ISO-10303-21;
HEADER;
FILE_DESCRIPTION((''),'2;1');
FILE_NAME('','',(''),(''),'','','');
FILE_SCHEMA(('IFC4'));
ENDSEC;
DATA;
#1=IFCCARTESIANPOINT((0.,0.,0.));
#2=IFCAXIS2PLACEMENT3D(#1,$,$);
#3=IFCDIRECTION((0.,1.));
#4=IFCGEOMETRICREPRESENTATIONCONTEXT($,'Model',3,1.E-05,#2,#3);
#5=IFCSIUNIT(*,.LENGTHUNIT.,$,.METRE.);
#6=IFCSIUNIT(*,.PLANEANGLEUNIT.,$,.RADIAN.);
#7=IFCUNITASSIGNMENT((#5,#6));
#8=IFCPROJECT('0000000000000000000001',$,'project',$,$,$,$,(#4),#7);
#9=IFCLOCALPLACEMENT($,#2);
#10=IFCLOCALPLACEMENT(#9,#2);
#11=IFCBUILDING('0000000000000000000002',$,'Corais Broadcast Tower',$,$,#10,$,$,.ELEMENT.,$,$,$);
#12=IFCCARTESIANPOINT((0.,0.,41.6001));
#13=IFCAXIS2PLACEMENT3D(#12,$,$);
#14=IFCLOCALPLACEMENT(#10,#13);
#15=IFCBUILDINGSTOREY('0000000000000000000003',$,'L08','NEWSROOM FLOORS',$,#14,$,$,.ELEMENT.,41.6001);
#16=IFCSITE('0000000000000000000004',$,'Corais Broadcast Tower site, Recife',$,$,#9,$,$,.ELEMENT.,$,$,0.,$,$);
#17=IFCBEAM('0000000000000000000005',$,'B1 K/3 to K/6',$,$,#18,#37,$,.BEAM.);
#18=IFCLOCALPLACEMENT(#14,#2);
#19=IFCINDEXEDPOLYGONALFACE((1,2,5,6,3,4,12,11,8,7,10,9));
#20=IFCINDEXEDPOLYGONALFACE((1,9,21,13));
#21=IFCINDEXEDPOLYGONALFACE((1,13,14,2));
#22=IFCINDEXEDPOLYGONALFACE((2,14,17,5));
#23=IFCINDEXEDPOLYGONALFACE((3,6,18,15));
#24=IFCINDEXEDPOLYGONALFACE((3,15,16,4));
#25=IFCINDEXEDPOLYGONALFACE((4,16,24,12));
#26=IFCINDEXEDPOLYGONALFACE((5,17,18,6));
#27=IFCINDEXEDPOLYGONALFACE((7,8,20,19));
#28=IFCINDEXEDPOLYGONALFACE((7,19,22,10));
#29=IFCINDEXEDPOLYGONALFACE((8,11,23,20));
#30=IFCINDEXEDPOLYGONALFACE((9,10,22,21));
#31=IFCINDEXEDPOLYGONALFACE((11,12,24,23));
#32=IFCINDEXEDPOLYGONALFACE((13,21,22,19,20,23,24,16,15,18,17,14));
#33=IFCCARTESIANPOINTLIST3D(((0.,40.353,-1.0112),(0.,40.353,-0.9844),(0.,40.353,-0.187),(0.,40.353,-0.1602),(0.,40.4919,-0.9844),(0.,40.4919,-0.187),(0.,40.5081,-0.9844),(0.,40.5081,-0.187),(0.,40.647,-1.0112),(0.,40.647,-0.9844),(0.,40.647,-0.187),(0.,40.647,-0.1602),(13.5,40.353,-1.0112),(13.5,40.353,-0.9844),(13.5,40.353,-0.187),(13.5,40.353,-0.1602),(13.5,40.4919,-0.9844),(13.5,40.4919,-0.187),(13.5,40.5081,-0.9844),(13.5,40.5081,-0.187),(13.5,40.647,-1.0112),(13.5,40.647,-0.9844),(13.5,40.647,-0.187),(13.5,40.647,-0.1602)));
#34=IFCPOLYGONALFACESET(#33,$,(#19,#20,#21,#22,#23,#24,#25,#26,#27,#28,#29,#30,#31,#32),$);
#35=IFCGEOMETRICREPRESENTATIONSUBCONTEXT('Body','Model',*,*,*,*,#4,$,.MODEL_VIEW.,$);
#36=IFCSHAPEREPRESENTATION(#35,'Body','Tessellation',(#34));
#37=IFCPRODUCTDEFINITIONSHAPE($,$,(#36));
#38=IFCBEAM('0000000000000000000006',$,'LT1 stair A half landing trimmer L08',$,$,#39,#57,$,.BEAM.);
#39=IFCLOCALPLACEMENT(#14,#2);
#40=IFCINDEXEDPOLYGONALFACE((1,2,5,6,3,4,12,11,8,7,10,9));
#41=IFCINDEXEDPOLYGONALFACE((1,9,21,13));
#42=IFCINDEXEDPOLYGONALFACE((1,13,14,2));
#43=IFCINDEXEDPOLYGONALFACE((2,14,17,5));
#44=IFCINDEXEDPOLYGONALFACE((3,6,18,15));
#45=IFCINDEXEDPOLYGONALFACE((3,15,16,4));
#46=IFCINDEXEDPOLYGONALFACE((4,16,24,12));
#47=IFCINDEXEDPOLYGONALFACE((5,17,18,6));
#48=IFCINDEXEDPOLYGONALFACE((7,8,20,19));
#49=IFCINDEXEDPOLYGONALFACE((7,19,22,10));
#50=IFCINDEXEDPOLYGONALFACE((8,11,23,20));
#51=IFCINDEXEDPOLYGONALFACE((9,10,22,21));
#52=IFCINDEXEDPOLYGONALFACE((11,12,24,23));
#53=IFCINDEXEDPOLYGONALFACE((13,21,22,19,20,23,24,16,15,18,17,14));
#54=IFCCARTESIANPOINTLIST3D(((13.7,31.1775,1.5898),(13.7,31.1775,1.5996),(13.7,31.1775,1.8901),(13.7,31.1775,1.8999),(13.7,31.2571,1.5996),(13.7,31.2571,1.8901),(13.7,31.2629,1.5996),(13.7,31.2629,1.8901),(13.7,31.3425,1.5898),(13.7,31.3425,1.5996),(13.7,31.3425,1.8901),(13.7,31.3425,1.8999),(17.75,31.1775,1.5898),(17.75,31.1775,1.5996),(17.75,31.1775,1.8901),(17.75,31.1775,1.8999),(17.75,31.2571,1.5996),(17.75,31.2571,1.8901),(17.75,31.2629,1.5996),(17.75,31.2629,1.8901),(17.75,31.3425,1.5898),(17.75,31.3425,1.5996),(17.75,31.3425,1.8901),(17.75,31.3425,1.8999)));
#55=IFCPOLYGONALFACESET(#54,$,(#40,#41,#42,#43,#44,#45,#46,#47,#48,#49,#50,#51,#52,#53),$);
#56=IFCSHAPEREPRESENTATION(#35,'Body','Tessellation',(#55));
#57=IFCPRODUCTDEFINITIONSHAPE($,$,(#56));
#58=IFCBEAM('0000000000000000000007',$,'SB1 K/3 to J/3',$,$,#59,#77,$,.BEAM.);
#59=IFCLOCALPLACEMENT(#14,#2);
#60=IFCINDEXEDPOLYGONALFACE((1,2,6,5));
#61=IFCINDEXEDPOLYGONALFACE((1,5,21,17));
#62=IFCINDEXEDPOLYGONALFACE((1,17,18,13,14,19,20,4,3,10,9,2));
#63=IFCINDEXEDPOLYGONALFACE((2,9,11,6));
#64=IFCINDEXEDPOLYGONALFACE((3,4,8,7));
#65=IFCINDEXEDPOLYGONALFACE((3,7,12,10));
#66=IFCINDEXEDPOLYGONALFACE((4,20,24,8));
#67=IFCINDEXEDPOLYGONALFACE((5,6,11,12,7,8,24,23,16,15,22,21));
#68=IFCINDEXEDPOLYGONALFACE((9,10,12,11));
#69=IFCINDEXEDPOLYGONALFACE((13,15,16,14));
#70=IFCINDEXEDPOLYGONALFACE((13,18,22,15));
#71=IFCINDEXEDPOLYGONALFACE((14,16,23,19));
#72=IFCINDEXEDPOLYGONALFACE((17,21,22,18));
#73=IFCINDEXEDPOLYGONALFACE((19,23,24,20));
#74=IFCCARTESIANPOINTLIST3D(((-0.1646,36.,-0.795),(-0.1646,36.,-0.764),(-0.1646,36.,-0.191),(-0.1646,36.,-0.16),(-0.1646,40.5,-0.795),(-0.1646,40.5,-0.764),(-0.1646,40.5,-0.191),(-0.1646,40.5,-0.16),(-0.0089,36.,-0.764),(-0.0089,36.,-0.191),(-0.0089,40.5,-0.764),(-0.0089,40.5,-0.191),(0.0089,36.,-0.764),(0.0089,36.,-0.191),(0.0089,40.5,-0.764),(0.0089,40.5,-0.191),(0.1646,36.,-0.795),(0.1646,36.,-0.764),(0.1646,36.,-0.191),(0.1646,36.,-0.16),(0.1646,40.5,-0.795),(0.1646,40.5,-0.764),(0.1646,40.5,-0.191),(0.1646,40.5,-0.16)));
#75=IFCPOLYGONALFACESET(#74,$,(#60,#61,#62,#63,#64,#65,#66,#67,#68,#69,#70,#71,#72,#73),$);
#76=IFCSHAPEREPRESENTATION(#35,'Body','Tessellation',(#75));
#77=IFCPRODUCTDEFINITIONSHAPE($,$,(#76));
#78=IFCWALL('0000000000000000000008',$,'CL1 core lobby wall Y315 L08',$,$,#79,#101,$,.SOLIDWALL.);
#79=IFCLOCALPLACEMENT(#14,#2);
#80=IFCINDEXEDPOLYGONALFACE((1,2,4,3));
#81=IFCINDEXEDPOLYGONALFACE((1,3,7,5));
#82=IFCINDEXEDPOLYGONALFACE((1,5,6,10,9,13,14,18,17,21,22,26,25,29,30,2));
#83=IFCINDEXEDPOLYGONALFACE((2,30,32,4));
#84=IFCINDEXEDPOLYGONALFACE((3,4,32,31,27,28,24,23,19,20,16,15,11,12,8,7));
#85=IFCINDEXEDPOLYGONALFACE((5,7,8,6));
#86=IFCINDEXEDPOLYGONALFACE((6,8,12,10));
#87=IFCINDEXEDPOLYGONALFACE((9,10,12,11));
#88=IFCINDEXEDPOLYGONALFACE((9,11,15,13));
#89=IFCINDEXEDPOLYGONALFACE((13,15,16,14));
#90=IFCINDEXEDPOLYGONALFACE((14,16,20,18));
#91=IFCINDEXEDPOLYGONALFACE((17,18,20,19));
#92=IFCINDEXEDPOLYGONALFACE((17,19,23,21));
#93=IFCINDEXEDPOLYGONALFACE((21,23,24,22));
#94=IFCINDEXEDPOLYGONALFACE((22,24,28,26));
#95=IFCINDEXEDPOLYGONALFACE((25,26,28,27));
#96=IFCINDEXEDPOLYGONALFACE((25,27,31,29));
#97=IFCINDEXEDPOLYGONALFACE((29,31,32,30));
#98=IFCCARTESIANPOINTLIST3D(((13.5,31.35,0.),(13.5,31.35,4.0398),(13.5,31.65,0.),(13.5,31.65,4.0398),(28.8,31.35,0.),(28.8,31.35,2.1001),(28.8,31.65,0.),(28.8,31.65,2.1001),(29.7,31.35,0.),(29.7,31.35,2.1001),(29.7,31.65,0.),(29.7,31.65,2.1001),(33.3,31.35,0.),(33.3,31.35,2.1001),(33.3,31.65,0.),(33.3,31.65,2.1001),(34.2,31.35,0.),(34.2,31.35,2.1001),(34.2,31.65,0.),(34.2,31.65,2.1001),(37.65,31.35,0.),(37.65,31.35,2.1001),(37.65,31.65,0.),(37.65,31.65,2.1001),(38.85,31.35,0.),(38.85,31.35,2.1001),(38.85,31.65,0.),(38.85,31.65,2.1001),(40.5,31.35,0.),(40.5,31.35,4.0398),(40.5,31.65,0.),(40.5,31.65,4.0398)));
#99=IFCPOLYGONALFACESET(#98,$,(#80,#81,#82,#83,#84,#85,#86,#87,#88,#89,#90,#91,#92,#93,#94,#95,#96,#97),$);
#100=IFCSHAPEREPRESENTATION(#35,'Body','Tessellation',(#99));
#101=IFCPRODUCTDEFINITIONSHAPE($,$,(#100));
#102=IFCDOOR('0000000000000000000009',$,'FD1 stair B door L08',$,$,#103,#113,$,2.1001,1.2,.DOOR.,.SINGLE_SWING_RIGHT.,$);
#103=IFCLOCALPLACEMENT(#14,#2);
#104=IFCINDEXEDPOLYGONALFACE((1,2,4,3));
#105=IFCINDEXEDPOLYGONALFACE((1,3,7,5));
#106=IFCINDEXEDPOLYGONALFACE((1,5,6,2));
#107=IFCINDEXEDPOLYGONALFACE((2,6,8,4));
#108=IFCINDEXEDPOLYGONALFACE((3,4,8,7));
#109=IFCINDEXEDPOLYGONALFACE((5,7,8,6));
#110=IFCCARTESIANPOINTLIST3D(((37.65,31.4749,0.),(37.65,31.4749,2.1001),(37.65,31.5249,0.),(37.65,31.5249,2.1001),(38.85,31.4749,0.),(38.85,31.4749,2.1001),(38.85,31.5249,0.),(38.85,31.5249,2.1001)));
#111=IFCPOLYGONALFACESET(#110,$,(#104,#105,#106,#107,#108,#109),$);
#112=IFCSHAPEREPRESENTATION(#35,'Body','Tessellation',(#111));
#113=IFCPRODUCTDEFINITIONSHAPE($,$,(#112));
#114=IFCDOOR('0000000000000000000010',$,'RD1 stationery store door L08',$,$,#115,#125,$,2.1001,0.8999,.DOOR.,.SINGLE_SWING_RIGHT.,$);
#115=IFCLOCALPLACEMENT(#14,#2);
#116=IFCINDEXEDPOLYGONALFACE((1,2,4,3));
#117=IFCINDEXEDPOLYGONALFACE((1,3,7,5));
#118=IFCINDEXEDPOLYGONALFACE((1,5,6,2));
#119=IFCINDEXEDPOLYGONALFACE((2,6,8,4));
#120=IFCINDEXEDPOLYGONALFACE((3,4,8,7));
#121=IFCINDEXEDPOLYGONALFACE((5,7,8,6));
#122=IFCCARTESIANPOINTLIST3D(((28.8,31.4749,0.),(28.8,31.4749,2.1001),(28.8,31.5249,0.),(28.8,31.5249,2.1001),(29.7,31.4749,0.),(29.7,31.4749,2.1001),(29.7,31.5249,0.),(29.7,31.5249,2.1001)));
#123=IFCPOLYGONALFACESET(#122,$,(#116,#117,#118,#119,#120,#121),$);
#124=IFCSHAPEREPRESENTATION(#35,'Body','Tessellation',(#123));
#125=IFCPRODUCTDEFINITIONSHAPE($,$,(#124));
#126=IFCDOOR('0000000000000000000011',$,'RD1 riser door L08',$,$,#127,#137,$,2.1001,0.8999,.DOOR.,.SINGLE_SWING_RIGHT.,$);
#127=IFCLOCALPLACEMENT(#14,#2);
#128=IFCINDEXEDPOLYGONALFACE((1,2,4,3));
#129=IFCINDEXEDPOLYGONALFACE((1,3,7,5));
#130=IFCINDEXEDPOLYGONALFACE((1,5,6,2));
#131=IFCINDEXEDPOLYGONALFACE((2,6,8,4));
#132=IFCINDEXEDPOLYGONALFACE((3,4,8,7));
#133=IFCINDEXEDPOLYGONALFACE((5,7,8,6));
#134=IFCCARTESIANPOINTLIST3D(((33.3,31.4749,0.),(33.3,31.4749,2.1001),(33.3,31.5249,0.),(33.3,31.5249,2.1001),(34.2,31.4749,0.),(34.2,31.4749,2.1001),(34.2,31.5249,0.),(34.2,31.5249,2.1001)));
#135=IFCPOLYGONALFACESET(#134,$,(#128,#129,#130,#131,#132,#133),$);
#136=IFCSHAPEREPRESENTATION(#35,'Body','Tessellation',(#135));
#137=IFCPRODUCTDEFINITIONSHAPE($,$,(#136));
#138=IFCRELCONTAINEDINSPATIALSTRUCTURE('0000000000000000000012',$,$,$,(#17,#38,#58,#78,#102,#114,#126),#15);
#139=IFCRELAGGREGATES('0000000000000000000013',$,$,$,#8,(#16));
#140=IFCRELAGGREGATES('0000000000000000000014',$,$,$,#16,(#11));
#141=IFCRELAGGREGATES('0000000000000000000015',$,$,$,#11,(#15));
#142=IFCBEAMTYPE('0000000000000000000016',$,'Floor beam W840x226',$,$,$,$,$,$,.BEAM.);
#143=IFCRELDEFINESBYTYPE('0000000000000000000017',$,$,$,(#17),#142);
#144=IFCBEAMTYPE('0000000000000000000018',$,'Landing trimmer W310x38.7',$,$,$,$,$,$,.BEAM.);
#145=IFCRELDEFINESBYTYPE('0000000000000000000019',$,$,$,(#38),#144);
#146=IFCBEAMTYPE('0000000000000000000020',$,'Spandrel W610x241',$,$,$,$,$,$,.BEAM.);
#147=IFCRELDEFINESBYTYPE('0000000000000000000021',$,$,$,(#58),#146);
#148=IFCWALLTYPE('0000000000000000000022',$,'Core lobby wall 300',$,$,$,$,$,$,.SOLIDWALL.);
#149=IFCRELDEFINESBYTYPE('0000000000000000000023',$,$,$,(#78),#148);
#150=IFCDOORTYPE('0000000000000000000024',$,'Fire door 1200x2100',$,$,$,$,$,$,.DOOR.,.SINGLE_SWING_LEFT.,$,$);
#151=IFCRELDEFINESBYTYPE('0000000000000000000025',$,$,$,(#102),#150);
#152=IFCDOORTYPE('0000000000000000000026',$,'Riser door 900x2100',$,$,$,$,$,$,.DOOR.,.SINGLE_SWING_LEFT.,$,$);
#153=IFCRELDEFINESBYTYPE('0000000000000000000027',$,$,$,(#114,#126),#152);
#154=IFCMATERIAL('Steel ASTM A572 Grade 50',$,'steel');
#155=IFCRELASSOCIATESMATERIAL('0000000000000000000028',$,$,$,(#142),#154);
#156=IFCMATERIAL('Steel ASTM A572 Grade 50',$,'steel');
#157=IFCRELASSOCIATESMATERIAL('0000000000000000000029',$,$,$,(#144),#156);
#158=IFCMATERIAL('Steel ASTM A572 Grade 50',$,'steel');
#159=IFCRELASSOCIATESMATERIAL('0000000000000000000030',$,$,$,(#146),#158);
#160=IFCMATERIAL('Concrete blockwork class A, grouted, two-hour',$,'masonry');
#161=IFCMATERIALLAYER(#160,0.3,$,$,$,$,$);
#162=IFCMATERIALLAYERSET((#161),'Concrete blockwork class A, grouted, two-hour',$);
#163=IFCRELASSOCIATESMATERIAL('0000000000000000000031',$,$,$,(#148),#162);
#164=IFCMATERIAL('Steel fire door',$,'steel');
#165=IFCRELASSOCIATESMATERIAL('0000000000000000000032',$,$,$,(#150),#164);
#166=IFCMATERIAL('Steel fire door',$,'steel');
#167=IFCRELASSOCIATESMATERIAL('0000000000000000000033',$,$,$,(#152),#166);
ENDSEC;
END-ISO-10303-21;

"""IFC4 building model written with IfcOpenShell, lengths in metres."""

from ifc_helpers import new_model, si_unit, direction, frame, frame_2d, origin, origin_2d, place, context, subcontext, project, spatial, rectangle, i_section, extrude, material, layer, layer_set, material_profile, profile_set, type_object, element, fill, save


model = new_model("IFC4")

# Units and contexts
model_context = context("Model", 3, precision=1e-05, world=origin(), true_north=direction((0.0, 1.0)))
body_context = subcontext(model_context, "Body", "Model", "MODEL_VIEW")
ifc_project = project(units=[si_unit("LENGTHUNIT", "METRE"), si_unit("PLANEANGLEUNIT", "RADIAN")], contexts=[model_context])

# Site, building, storey
site_placement = place(None, origin())
site = spatial("IfcSite", under=ifc_project, at=site_placement, Name="Corais Broadcast Tower site, Recife", CompositionType="ELEMENT", RefElevation=0.0)
building_placement = place(site_placement, origin())
building = spatial("IfcBuilding", under=site, at=building_placement, Name="Corais Broadcast Tower", CompositionType="ELEMENT")
storey_placement = place(building_placement, frame((0.0, 0.0, 41.6001)))
storey = spatial("IfcBuildingStorey", under=building, at=storey_placement, Name="L08", Description="NEWSROOM FLOORS", CompositionType="ELEMENT", Elevation=41.6001)

# Beams
ifc_material_1 = material(Name="Steel ASTM A572 Grade 50", Category="steel")
ifc_material_profile_1 = material_profile(ifc_material_1, i_section(OverallWidth=0.2939, OverallDepth=0.8511, WebThickness=0.0161, FlangeThickness=0.0269, at=origin_2d()), Name="W840x226")
ifc_profile_set_1 = profile_set([ifc_material_profile_1], Name="Steel ASTM A572 Grade 50")
beam_type_1 = type_object("IfcBeamType", Name="Floor beam W840x226", PredefinedType="BEAM", material=ifc_profile_set_1)
beam_1_placement = place(storey_placement, frame((0.0, 40.5, -0.5857), z_axis=(1.0, 0.0, 0.0), x_axis=(0.0, 1.0, 0.0)))
element("IfcBeam", 1, at=beam_1_placement, inside=storey, type_object=beam_type_1, Name="B1 K/3 to K/6", PredefinedType="BEAM", context=body_context, shape_type="SweptSolid", body=[
    extrude(i_section(OverallWidth=0.2939, OverallDepth=0.8511, WebThickness=0.0161, FlangeThickness=0.0269, at=origin_2d()), origin(), (0.0, 0.0, 1.0), 13.5),
])
ifc_material_2 = material(Name="Steel ASTM A572 Grade 50", Category="steel")
ifc_material_profile_2 = material_profile(ifc_material_2, i_section(OverallWidth=0.165, OverallDepth=0.3101, WebThickness=0.0059, FlangeThickness=0.0098, at=origin_2d()), Name="W310x38.7")
ifc_profile_set_2 = profile_set([ifc_material_profile_2], Name="Steel ASTM A572 Grade 50")
beam_type_2 = type_object("IfcBeamType", Name="Landing trimmer W310x38.7", PredefinedType="BEAM", material=ifc_profile_set_2)
beam_2_placement = place(storey_placement, frame((13.7, 31.26, 1.7449), z_axis=(1.0, 0.0, 0.0), x_axis=(0.0, 1.0, 0.0)))
element("IfcBeam", 2, at=beam_2_placement, inside=storey, type_object=beam_type_2, Name="LT1 stair A half landing trimmer L08", PredefinedType="BEAM", context=body_context, shape_type="SweptSolid", body=[
    extrude(i_section(OverallWidth=0.165, OverallDepth=0.3101, WebThickness=0.0059, FlangeThickness=0.0098, at=origin_2d()), origin(), (0.0, 0.0, 1.0), 4.05),
])
ifc_material_3 = material(Name="Steel ASTM A572 Grade 50", Category="steel")
ifc_material_profile_3 = material_profile(ifc_material_3, i_section(OverallWidth=0.3291, OverallDepth=0.635, WebThickness=0.0178, FlangeThickness=0.031, at=origin_2d()), Name="W610x241")
ifc_profile_set_3 = profile_set([ifc_material_profile_3], Name="Steel ASTM A572 Grade 50")
beam_type_3 = type_object("IfcBeamType", Name="Spandrel W610x241", PredefinedType="BEAM", material=ifc_profile_set_3)
beam_3_placement = place(storey_placement, frame((0.0, 40.5, -0.4775), z_axis=(0.0, -1.0, 0.0), x_axis=(1.0, 0.0, 0.0)))
element("IfcBeam", 3, at=beam_3_placement, inside=storey, type_object=beam_type_3, Name="SB1 K/3 to J/3", PredefinedType="BEAM", context=body_context, shape_type="SweptSolid", body=[
    extrude(i_section(OverallWidth=0.3291, OverallDepth=0.635, WebThickness=0.0178, FlangeThickness=0.031, at=origin_2d()), origin(), (0.0, 0.0, 1.0), 4.5),
])

# Wall, openings, doors
ifc_material_4 = material(Name="Concrete blockwork class A, grouted, two-hour", Category="masonry")
ifc_layer_1 = layer(ifc_material_4, 0.3)
ifc_layer_set_1 = layer_set([ifc_layer_1], Name="Concrete blockwork class A, grouted, two-hour")
wall_type_1 = type_object("IfcWallType", Name="Core lobby wall 300", PredefinedType="SOLIDWALL", material=ifc_layer_set_1)
wall_1_placement = place(storey_placement, frame((13.5, 31.5, 0.0), z_axis=(0.0, 0.0, 1.0), x_axis=(1.0, 0.0, 0.0)))
wall_1 = element("IfcWall", 4, at=wall_1_placement, inside=storey, type_object=wall_type_1, Name="CL1 core lobby wall Y315 L08", PredefinedType="SOLIDWALL", context=body_context, shape_type="SweptSolid", body=[
    extrude(rectangle(XDim=27.0, YDim=0.3, at=frame_2d((13.5, 0.0))), origin(), (0.0, 0.0, 1.0), 4.0398),
])
opening_1_placement = place(wall_1_placement, frame((24.1499, 0.0, 0.0)))
opening_1 = element("IfcOpeningElement", 5, at=opening_1_placement, cuts=wall_1, PredefinedType="OPENING", context=body_context, shape_type="SweptSolid", body=[
    extrude(rectangle(XDim=1.2, YDim=2.1001, at=frame_2d((0.6001, 1.05))), frame((0.0, 0.1599, 0.0), z_axis=(0.0, -1.0, 0.0), x_axis=(1.0, 0.0, 0.0)), (0.0, 0.0, 1.0), 0.3201),
])
opening_2_placement = place(wall_1_placement, frame((15.3, 0.0, 0.0)))
opening_2 = element("IfcOpeningElement", 6, at=opening_2_placement, cuts=wall_1, PredefinedType="OPENING", context=body_context, shape_type="SweptSolid", body=[
    extrude(rectangle(XDim=0.8999, YDim=2.1001, at=frame_2d((0.45, 1.05))), frame((0.0, 0.1599, 0.0), z_axis=(0.0, -1.0, 0.0), x_axis=(1.0, 0.0, 0.0)), (0.0, 0.0, 1.0), 0.3201),
])
opening_3_placement = place(wall_1_placement, frame((19.8, 0.0, 0.0)))
opening_3 = element("IfcOpeningElement", 7, at=opening_3_placement, cuts=wall_1, PredefinedType="OPENING", context=body_context, shape_type="SweptSolid", body=[
    extrude(rectangle(XDim=0.8999, YDim=2.1001, at=frame_2d((0.45, 1.05))), frame((0.0, 0.1599, 0.0), z_axis=(0.0, -1.0, 0.0), x_axis=(1.0, 0.0, 0.0)), (0.0, 0.0, 1.0), 0.3201),
])
ifc_material_5 = material(Name="Steel fire door", Category="steel")
door_type_1 = type_object("IfcDoorType", Name="Fire door 1200x2100", OperationType="SINGLE_SWING_LEFT", PredefinedType="DOOR", material=ifc_material_5)
door_1_placement = place(opening_1_placement, origin())
door_1 = element("IfcDoor", 8, at=door_1_placement, inside=storey, type_object=door_type_1, Name="FD1 stair B door L08", OperationType="SINGLE_SWING_RIGHT", OverallHeight=2.1001, OverallWidth=1.2, PredefinedType="DOOR", context=body_context, shape_type="SweptSolid", body=[
    extrude(rectangle(XDim=1.2, YDim=2.1001, at=frame_2d((0.6001, 1.05))), frame((0.0, 0.0249, 0.0), z_axis=(0.0, -1.0, 0.0), x_axis=(1.0, 0.0, 0.0)), (0.0, 0.0, 1.0), 0.05),
])
fill(opening_1, door_1)
ifc_material_6 = material(Name="Steel fire door", Category="steel")
door_type_2 = type_object("IfcDoorType", Name="Riser door 900x2100", OperationType="SINGLE_SWING_LEFT", PredefinedType="DOOR", material=ifc_material_6)
door_2_placement = place(opening_2_placement, origin())
door_2 = element("IfcDoor", 9, at=door_2_placement, inside=storey, type_object=door_type_2, Name="RD1 stationery store door L08", OperationType="SINGLE_SWING_RIGHT", OverallHeight=2.1001, OverallWidth=0.8999, PredefinedType="DOOR", context=body_context, shape_type="SweptSolid", body=[
    extrude(rectangle(XDim=0.8999, YDim=2.1001, at=frame_2d((0.45, 1.05))), frame((0.0, 0.0249, 0.0), z_axis=(0.0, -1.0, 0.0), x_axis=(1.0, 0.0, 0.0)), (0.0, 0.0, 1.0), 0.05),
])
fill(opening_2, door_2)
door_3_placement = place(opening_3_placement, origin())
door_3 = element("IfcDoor", 10, at=door_3_placement, inside=storey, type_object=door_type_2, Name="RD1 riser door L08", OperationType="SINGLE_SWING_RIGHT", OverallHeight=2.1001, OverallWidth=0.8999, PredefinedType="DOOR", context=body_context, shape_type="SweptSolid", body=[
    extrude(rectangle(XDim=0.8999, YDim=2.1001, at=frame_2d((0.45, 1.05))), frame((0.0, 0.0249, 0.0), z_axis=(0.0, -1.0, 0.0), x_axis=(1.0, 0.0, 0.0)), (0.0, 0.0, 1.0), 0.05),
])
fill(opening_3, door_3)

save(model, "model.ifc")
